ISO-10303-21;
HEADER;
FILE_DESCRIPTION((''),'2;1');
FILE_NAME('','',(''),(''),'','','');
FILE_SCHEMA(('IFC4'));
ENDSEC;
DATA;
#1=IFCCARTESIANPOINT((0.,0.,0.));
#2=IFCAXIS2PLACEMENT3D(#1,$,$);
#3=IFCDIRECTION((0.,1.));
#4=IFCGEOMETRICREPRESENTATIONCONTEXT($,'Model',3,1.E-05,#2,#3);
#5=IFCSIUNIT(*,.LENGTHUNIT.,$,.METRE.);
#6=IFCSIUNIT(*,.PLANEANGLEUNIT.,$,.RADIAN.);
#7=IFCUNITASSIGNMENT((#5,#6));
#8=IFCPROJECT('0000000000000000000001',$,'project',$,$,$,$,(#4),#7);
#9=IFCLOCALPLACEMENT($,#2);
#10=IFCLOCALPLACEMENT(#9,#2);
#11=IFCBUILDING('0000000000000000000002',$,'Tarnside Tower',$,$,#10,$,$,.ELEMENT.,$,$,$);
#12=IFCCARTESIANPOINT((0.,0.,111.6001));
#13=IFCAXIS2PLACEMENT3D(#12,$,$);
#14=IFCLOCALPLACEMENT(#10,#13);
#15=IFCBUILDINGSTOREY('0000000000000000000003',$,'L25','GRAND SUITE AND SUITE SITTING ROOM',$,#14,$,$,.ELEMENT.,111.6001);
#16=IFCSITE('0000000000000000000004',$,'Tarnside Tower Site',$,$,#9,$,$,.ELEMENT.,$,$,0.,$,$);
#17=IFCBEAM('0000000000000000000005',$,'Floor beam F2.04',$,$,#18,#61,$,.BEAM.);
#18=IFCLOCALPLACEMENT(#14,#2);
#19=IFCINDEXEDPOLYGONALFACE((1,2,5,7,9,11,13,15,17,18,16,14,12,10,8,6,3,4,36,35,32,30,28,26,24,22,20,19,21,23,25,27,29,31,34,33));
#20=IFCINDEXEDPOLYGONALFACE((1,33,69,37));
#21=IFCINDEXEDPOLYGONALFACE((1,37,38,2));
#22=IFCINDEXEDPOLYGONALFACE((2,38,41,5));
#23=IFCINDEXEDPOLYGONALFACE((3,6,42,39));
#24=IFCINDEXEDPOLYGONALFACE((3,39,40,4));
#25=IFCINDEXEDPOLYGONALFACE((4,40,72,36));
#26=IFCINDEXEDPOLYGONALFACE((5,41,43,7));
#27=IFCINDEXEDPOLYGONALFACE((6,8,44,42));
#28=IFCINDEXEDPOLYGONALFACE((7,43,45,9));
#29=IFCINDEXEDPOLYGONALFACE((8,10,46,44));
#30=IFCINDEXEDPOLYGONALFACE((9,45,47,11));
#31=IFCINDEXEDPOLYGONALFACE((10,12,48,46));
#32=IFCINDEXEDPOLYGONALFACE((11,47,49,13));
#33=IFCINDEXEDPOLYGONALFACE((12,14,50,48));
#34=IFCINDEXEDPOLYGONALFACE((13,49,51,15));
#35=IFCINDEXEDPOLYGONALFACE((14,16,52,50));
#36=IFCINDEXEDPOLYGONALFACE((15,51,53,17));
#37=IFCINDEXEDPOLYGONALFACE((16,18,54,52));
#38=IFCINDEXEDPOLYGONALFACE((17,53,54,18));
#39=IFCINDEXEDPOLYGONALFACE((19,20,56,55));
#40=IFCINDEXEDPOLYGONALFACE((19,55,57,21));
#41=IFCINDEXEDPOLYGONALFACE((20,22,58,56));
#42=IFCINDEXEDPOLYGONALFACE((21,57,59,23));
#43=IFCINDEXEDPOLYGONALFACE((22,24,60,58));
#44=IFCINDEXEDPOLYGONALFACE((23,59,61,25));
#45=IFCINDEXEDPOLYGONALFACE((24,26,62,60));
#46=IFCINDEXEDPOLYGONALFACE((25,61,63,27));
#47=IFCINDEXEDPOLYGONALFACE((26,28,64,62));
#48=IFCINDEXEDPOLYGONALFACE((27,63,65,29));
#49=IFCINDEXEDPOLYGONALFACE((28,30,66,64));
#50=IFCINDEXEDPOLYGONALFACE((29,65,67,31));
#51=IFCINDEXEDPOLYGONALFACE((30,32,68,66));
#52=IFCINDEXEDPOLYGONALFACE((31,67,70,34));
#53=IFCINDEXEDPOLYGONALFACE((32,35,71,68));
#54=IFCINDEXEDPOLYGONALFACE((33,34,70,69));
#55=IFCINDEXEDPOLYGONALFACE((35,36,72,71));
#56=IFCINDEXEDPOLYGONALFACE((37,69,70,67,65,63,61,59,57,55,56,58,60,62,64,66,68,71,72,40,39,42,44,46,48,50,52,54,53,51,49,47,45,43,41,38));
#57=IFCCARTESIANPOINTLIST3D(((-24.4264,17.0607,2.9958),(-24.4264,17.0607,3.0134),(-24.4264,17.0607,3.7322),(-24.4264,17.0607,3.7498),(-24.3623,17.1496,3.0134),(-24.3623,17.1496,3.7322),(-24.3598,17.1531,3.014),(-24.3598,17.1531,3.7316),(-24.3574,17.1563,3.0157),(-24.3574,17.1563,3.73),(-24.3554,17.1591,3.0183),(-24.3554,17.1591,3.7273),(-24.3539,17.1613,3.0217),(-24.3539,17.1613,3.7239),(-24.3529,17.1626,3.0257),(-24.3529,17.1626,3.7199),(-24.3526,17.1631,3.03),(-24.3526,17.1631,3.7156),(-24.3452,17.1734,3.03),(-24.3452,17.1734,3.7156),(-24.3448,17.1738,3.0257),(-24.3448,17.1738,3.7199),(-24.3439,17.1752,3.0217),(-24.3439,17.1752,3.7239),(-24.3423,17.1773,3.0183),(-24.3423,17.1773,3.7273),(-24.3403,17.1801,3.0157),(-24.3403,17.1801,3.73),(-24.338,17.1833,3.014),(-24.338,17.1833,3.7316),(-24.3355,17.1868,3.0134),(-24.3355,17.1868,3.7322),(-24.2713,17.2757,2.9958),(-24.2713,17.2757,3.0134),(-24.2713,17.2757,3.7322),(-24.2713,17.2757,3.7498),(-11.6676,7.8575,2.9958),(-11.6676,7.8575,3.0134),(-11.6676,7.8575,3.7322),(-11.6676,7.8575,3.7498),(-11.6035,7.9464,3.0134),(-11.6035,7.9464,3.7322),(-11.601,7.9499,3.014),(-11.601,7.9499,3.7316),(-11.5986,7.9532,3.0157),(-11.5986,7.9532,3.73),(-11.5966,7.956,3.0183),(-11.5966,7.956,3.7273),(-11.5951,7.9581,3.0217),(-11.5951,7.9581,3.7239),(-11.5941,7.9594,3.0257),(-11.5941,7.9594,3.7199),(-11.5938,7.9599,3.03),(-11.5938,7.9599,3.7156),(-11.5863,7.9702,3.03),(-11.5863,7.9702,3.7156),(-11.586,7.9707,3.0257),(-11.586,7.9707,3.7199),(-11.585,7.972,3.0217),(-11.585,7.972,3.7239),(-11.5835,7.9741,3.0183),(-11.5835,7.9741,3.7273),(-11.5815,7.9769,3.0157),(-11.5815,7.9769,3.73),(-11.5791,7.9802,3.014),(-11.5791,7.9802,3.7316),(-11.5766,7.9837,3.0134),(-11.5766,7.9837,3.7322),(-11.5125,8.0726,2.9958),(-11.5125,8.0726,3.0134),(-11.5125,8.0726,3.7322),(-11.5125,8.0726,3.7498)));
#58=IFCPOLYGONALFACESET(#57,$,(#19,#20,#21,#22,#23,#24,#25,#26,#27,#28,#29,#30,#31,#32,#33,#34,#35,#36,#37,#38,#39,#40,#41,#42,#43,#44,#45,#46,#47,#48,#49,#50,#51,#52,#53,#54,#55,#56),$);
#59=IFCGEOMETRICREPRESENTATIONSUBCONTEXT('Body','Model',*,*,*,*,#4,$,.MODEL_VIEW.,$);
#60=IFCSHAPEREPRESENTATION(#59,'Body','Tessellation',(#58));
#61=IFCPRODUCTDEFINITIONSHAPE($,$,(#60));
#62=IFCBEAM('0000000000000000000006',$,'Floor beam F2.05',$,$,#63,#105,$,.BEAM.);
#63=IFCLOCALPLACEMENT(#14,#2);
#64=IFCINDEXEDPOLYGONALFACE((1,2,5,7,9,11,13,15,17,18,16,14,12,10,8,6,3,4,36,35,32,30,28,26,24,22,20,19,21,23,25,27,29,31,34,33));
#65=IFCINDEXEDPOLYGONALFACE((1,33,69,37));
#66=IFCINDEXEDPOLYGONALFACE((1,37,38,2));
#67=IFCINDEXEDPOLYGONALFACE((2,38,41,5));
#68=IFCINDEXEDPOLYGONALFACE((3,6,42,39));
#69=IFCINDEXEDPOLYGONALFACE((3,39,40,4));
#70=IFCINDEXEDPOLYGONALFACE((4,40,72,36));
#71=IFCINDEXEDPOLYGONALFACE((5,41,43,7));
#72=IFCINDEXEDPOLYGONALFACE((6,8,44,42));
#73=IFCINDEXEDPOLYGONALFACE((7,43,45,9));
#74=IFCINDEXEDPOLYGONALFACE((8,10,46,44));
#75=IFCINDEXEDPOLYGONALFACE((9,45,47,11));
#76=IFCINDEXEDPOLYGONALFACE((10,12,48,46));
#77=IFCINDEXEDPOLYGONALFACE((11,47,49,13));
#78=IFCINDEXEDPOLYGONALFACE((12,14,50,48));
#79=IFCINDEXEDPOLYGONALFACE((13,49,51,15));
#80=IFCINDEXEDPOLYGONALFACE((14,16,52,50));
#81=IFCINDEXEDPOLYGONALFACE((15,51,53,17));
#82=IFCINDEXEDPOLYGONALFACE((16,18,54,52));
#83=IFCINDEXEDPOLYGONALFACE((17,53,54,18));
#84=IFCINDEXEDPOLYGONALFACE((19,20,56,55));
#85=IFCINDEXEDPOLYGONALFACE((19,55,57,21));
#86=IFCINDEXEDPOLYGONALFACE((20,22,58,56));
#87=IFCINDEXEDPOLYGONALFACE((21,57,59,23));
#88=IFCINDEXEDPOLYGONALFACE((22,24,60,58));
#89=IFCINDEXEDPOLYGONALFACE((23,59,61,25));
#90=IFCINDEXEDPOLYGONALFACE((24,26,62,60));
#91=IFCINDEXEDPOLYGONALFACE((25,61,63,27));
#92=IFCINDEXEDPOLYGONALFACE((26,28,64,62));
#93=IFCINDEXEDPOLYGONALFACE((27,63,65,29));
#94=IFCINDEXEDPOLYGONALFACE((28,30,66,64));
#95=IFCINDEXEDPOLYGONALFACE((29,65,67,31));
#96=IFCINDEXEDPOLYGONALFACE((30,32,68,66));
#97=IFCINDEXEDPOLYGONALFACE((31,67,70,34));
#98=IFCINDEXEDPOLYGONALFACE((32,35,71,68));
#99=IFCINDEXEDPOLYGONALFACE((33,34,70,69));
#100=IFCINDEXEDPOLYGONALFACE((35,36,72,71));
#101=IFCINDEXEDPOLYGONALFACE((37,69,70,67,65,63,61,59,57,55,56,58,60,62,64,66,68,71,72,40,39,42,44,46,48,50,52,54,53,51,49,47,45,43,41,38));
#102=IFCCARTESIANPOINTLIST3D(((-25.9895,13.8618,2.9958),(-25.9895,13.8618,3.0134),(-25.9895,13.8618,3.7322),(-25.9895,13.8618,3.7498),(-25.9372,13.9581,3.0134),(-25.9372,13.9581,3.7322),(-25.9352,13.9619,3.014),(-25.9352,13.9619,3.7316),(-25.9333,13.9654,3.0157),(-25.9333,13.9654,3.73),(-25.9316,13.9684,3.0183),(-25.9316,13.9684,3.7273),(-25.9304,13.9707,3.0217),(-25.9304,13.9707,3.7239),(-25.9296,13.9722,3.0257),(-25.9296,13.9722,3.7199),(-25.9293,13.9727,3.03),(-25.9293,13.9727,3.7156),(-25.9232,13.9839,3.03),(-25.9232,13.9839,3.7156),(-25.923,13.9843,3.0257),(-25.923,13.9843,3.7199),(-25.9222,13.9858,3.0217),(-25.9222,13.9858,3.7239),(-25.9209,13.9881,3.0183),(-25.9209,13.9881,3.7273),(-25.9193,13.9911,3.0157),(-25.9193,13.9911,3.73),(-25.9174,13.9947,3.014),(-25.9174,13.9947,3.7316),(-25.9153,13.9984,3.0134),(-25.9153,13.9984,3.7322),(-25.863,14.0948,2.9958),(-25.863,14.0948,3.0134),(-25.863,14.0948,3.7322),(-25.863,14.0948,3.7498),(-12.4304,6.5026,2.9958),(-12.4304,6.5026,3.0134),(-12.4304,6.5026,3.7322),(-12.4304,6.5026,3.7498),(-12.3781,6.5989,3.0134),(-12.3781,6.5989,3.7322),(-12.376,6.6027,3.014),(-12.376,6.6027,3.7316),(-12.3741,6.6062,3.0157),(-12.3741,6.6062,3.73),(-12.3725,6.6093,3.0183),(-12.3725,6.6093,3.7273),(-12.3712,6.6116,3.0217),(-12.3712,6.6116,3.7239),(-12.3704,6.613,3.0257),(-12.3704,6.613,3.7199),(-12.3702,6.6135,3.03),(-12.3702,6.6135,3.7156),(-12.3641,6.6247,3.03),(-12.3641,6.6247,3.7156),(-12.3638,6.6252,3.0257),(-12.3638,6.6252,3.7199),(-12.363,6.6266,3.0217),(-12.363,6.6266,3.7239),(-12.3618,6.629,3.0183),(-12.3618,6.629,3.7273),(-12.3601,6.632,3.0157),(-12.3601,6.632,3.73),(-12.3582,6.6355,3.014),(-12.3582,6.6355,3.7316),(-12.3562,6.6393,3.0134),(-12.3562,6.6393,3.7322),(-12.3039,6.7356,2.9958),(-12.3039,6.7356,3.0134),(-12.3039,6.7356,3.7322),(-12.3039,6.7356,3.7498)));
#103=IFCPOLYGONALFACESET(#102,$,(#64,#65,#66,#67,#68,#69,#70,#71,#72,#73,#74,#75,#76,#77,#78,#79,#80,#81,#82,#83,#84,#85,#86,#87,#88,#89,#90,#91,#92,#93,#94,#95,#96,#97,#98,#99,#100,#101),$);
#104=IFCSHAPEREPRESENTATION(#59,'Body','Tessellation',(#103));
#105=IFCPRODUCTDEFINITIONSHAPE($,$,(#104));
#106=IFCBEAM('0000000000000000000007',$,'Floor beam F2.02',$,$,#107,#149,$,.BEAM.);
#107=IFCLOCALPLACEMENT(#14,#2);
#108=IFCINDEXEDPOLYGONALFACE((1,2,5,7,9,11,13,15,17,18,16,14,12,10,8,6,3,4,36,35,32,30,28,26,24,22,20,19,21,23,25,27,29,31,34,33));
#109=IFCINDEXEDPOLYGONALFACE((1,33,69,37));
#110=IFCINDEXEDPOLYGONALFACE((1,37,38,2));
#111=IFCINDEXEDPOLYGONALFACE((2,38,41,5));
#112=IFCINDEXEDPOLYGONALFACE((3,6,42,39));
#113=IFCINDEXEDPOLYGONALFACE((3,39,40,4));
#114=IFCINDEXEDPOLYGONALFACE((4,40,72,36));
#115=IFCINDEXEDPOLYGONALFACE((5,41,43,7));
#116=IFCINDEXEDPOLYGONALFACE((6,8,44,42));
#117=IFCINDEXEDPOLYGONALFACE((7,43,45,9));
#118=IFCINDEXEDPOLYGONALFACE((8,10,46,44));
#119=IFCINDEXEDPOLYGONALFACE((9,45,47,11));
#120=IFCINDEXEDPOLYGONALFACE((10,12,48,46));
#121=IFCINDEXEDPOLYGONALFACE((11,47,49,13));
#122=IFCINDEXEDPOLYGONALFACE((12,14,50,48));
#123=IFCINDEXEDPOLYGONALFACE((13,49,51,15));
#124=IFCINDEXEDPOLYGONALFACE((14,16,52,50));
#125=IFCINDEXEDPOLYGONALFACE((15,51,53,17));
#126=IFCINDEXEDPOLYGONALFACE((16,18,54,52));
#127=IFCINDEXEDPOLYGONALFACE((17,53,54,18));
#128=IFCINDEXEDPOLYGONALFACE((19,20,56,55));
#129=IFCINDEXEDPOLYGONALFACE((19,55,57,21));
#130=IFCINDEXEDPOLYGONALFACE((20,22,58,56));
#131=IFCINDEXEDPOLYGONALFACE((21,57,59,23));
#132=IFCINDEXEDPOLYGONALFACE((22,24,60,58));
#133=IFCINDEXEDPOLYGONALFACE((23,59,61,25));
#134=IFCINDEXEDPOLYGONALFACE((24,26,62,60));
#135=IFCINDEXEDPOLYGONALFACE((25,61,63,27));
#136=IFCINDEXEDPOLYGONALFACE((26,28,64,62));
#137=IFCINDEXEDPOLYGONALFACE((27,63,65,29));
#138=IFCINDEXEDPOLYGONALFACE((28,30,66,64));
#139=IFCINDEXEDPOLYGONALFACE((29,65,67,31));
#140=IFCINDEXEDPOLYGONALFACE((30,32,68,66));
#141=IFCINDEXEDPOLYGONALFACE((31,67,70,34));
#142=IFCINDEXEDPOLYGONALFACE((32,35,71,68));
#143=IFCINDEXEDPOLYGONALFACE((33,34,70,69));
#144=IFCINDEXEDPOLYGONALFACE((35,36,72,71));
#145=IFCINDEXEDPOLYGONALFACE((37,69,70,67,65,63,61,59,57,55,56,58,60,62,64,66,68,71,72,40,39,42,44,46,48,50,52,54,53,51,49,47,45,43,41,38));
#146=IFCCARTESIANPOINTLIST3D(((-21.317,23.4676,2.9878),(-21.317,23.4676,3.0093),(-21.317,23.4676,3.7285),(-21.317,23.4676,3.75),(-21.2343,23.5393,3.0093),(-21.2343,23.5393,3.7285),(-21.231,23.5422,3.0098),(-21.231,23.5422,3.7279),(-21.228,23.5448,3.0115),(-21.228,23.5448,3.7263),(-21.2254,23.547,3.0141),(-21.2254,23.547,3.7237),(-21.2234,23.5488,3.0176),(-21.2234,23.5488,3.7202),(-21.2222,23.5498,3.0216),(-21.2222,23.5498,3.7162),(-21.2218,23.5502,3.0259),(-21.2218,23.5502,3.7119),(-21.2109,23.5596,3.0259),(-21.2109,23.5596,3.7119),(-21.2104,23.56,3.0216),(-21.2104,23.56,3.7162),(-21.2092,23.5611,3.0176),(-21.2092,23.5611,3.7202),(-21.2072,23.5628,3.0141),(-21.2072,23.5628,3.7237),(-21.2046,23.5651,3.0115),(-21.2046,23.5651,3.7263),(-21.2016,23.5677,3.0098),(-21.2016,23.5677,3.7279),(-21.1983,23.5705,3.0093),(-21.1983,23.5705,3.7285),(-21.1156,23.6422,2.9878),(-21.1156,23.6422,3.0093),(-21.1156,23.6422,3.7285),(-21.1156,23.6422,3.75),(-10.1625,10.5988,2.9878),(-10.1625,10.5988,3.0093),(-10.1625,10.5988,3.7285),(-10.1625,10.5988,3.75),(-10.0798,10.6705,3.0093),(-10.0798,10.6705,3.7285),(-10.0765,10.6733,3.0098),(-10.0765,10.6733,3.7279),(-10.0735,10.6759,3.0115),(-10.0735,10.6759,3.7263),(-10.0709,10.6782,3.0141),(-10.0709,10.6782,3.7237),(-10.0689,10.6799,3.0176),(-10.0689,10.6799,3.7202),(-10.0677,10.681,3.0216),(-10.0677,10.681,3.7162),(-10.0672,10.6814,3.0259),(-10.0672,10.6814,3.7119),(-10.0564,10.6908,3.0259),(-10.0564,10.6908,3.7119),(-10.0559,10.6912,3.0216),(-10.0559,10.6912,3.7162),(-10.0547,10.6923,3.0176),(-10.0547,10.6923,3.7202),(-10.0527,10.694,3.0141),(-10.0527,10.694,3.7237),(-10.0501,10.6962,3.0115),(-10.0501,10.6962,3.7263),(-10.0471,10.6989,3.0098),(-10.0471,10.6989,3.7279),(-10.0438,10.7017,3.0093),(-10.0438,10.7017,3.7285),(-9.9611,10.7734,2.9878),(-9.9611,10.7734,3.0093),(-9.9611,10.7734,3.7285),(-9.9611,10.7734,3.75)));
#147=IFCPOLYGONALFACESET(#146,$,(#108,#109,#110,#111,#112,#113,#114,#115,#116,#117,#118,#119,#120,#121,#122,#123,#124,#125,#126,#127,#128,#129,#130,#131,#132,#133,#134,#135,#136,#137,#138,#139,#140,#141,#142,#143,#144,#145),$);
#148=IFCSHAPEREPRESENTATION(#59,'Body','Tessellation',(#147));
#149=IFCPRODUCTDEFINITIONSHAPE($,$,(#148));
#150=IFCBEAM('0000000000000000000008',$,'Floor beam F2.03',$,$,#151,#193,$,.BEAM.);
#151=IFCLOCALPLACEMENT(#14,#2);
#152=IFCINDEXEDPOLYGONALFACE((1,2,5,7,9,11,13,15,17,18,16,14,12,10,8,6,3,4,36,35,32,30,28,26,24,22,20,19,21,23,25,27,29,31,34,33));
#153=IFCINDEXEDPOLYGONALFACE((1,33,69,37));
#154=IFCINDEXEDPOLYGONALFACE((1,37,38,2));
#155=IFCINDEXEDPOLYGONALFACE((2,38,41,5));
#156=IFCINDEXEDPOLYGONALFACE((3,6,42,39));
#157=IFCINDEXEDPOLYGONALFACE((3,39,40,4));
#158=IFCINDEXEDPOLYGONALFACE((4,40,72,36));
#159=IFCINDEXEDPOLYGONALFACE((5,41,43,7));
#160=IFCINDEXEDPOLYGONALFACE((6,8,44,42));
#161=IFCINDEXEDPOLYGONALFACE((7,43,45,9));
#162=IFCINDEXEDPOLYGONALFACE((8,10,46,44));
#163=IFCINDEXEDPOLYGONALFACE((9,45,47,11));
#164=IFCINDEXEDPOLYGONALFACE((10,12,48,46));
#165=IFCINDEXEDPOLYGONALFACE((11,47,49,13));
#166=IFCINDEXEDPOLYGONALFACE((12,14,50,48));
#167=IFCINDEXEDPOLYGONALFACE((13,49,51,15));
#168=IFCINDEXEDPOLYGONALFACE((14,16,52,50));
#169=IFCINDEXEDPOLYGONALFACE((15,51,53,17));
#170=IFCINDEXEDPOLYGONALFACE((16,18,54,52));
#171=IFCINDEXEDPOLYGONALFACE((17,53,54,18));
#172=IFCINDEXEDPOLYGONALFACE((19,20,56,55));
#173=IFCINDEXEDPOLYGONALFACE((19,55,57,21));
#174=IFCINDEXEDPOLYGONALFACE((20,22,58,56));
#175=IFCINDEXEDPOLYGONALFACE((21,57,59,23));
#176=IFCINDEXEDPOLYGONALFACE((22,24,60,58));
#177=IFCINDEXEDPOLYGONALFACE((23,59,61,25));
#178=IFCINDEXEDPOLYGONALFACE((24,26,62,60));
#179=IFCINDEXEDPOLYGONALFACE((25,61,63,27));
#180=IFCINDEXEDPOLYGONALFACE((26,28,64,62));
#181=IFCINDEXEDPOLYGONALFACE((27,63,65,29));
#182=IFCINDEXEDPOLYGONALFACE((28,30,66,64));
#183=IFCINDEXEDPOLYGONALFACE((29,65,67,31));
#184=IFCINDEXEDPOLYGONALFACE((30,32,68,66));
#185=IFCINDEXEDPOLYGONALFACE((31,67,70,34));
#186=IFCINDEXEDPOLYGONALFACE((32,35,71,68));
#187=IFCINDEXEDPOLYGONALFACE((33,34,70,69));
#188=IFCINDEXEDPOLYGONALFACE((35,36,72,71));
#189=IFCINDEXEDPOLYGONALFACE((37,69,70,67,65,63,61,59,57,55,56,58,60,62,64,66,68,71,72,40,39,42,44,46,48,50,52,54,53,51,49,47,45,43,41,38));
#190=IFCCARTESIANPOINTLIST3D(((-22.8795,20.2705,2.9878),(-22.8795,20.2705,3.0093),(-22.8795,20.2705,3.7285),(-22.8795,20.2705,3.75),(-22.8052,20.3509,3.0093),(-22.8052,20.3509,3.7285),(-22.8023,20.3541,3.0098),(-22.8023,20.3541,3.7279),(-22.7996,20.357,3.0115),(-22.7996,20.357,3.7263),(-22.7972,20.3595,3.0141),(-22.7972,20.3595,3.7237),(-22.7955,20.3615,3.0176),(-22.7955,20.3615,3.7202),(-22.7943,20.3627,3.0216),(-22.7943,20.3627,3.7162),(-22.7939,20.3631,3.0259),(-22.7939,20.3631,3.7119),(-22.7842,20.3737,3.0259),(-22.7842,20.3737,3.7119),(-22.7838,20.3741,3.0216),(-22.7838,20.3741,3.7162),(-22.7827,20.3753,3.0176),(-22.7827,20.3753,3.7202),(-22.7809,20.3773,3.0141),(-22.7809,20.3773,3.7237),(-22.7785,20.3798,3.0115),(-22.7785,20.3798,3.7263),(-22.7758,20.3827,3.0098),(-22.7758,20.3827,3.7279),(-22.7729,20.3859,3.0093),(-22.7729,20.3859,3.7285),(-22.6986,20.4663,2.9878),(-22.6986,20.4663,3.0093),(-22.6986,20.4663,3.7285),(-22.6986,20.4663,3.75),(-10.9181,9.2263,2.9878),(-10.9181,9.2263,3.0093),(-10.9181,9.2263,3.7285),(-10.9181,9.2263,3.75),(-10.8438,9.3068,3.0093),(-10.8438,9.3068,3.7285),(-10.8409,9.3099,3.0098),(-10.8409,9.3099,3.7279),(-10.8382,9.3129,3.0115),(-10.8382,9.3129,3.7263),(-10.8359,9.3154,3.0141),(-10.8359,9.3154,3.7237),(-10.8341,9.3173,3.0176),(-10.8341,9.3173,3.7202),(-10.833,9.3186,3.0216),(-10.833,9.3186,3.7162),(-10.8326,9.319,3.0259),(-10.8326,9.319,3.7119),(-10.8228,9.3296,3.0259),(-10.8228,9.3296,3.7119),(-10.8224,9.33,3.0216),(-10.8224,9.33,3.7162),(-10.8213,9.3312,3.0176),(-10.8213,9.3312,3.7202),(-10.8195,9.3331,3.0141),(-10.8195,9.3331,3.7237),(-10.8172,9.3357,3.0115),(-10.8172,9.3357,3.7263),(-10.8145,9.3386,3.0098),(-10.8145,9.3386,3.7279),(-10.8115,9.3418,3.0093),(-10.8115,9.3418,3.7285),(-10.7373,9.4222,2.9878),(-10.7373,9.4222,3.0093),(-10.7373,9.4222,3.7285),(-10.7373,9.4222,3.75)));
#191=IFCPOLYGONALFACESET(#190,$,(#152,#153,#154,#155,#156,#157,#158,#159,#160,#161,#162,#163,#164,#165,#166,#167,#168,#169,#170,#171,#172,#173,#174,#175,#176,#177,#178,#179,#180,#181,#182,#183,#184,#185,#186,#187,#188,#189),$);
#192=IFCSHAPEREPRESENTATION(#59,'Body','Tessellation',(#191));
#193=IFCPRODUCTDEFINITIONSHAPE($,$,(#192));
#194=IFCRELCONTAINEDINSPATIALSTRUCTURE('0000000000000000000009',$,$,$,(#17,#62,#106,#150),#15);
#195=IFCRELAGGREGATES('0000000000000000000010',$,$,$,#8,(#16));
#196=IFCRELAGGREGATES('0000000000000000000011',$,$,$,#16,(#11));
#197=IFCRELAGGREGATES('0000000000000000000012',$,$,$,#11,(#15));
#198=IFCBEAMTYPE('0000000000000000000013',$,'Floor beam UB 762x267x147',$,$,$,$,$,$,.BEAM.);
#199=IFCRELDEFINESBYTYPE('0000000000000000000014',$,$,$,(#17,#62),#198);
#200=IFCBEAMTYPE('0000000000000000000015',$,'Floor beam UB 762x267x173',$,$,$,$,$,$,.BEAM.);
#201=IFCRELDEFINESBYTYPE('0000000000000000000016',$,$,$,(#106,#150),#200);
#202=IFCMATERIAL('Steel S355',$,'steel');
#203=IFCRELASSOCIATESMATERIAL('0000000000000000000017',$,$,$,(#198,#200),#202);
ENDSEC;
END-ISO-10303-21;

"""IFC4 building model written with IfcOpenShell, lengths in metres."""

from ifc_helpers import new_model, si_unit, direction, frame, origin, origin_2d, place, context, subcontext, project, spatial, i_section, extrude, material, material_profile, profile_set, type_object, element, save


model = new_model("IFC4")

# Units and contexts
model_context = context("Model", 3, precision=1e-05, world=origin(), true_north=direction((0.0, 1.0)))
body_context = subcontext(model_context, "Body", "Model", "MODEL_VIEW")
ifc_project = project(units=[si_unit("LENGTHUNIT", "METRE"), si_unit("PLANEANGLEUNIT", "RADIAN")], contexts=[model_context])

# Site, building, storey
site_placement = place(None, origin())
site = spatial("IfcSite", under=ifc_project, at=site_placement, Name="Tarnside Tower Site", CompositionType="ELEMENT", RefElevation=0.0)
building_placement = place(site_placement, origin())
building = spatial("IfcBuilding", under=site, at=building_placement, Name="Tarnside Tower", CompositionType="ELEMENT")
storey_placement = place(building_placement, frame((0.0, 0.0, 111.6001)))
storey = spatial("IfcBuildingStorey", under=building, at=storey_placement, Name="L25", Description="GRAND SUITE AND SUITE SITTING ROOM", CompositionType="ELEMENT", Elevation=111.6001)

# Beams
ifc_material_1 = material(Name="Steel S355", Category="steel")
ifc_material_profile_1 = material_profile(ifc_material_1, i_section(OverallWidth=0.2651, OverallDepth=0.7539, WebThickness=0.0127, FlangeThickness=0.0176, FilletRadius=0.0166, at=origin_2d()), Name="UB 762x267x147")
ifc_profile_set_1 = profile_set([ifc_material_profile_1], Name="Steel S355")
beam_type_1 = type_object("IfcBeamType", Name="Floor beam UB 762x267x147", PredefinedType="BEAM", material=ifc_profile_set_1)
beam_1_placement = place(storey_placement, frame((-24.3489, 17.1682, 3.3728), z_axis=(0.811028, -0.585008, 0.0), x_axis=(0.585008, 0.811028, 0.0)))
element("IfcBeam", 1, at=beam_1_placement, inside=storey, type_object=beam_type_1, Name="Floor beam F2.04", PredefinedType="BEAM", context=body_context, shape_type="SweptSolid", body=[
    extrude(i_section(OverallWidth=0.2651, OverallDepth=0.7539, WebThickness=0.0127, FlangeThickness=0.0176, FilletRadius=0.0166, at=origin_2d()), origin(), (0.0, 0.0, 1.0), 15.7317),
])
beam_2_placement = place(storey_placement, frame((-25.9263, 13.9783, 3.3728), z_axis=(0.878895, -0.477016, 0.0), x_axis=(0.477016, 0.878895, 0.0)))
element("IfcBeam", 2, at=beam_2_placement, inside=storey, type_object=beam_type_1, Name="Floor beam F2.05", PredefinedType="BEAM", context=body_context, shape_type="SweptSolid", body=[
    extrude(i_section(OverallWidth=0.2651, OverallDepth=0.7539, WebThickness=0.0127, FlangeThickness=0.0176, FilletRadius=0.0166, at=origin_2d()), origin(), (0.0, 0.0, 1.0), 15.4275),
])
ifc_material_profile_2 = material_profile(ifc_material_1, i_section(OverallWidth=0.2666, OverallDepth=0.7622, WebThickness=0.0144, FlangeThickness=0.0215, FilletRadius=0.0166, at=origin_2d()), Name="UB 762x267x173")
ifc_profile_set_2 = profile_set([ifc_material_profile_2], Name="Steel S355")
beam_type_2 = type_object("IfcBeamType", Name="Floor beam UB 762x267x173", PredefinedType="BEAM", material=ifc_profile_set_2)
beam_3_placement = place(storey_placement, frame((-21.2163, 23.5549, 3.3689), z_axis=(0.654981, -0.755646, 0.0), x_axis=(0.755646, 0.654981, 0.0)))
element("IfcBeam", 3, at=beam_3_placement, inside=storey, type_object=beam_type_2, Name="Floor beam F2.02", PredefinedType="BEAM", context=body_context, shape_type="SweptSolid", body=[
    extrude(i_section(OverallWidth=0.2666, OverallDepth=0.7622, WebThickness=0.0144, FlangeThickness=0.0215, FilletRadius=0.0166, at=origin_2d()), origin(), (0.0, 0.0, 1.0), 17.0303),
])
beam_4_placement = place(storey_placement, frame((-22.7891, 20.3684, 3.3689), z_axis=(0.734715, -0.678375, 0.0), x_axis=(0.678375, 0.734715, 0.0)))
element("IfcBeam", 4, at=beam_4_placement, inside=storey, type_object=beam_type_2, Name="Floor beam F2.03", PredefinedType="BEAM", context=body_context, shape_type="SweptSolid", body=[
    extrude(i_section(OverallWidth=0.2666, OverallDepth=0.7622, WebThickness=0.0144, FlangeThickness=0.0215, FilletRadius=0.0166, at=origin_2d()), origin(), (0.0, 0.0, 1.0), 16.2803),
])

save(model, "model.ifc")
